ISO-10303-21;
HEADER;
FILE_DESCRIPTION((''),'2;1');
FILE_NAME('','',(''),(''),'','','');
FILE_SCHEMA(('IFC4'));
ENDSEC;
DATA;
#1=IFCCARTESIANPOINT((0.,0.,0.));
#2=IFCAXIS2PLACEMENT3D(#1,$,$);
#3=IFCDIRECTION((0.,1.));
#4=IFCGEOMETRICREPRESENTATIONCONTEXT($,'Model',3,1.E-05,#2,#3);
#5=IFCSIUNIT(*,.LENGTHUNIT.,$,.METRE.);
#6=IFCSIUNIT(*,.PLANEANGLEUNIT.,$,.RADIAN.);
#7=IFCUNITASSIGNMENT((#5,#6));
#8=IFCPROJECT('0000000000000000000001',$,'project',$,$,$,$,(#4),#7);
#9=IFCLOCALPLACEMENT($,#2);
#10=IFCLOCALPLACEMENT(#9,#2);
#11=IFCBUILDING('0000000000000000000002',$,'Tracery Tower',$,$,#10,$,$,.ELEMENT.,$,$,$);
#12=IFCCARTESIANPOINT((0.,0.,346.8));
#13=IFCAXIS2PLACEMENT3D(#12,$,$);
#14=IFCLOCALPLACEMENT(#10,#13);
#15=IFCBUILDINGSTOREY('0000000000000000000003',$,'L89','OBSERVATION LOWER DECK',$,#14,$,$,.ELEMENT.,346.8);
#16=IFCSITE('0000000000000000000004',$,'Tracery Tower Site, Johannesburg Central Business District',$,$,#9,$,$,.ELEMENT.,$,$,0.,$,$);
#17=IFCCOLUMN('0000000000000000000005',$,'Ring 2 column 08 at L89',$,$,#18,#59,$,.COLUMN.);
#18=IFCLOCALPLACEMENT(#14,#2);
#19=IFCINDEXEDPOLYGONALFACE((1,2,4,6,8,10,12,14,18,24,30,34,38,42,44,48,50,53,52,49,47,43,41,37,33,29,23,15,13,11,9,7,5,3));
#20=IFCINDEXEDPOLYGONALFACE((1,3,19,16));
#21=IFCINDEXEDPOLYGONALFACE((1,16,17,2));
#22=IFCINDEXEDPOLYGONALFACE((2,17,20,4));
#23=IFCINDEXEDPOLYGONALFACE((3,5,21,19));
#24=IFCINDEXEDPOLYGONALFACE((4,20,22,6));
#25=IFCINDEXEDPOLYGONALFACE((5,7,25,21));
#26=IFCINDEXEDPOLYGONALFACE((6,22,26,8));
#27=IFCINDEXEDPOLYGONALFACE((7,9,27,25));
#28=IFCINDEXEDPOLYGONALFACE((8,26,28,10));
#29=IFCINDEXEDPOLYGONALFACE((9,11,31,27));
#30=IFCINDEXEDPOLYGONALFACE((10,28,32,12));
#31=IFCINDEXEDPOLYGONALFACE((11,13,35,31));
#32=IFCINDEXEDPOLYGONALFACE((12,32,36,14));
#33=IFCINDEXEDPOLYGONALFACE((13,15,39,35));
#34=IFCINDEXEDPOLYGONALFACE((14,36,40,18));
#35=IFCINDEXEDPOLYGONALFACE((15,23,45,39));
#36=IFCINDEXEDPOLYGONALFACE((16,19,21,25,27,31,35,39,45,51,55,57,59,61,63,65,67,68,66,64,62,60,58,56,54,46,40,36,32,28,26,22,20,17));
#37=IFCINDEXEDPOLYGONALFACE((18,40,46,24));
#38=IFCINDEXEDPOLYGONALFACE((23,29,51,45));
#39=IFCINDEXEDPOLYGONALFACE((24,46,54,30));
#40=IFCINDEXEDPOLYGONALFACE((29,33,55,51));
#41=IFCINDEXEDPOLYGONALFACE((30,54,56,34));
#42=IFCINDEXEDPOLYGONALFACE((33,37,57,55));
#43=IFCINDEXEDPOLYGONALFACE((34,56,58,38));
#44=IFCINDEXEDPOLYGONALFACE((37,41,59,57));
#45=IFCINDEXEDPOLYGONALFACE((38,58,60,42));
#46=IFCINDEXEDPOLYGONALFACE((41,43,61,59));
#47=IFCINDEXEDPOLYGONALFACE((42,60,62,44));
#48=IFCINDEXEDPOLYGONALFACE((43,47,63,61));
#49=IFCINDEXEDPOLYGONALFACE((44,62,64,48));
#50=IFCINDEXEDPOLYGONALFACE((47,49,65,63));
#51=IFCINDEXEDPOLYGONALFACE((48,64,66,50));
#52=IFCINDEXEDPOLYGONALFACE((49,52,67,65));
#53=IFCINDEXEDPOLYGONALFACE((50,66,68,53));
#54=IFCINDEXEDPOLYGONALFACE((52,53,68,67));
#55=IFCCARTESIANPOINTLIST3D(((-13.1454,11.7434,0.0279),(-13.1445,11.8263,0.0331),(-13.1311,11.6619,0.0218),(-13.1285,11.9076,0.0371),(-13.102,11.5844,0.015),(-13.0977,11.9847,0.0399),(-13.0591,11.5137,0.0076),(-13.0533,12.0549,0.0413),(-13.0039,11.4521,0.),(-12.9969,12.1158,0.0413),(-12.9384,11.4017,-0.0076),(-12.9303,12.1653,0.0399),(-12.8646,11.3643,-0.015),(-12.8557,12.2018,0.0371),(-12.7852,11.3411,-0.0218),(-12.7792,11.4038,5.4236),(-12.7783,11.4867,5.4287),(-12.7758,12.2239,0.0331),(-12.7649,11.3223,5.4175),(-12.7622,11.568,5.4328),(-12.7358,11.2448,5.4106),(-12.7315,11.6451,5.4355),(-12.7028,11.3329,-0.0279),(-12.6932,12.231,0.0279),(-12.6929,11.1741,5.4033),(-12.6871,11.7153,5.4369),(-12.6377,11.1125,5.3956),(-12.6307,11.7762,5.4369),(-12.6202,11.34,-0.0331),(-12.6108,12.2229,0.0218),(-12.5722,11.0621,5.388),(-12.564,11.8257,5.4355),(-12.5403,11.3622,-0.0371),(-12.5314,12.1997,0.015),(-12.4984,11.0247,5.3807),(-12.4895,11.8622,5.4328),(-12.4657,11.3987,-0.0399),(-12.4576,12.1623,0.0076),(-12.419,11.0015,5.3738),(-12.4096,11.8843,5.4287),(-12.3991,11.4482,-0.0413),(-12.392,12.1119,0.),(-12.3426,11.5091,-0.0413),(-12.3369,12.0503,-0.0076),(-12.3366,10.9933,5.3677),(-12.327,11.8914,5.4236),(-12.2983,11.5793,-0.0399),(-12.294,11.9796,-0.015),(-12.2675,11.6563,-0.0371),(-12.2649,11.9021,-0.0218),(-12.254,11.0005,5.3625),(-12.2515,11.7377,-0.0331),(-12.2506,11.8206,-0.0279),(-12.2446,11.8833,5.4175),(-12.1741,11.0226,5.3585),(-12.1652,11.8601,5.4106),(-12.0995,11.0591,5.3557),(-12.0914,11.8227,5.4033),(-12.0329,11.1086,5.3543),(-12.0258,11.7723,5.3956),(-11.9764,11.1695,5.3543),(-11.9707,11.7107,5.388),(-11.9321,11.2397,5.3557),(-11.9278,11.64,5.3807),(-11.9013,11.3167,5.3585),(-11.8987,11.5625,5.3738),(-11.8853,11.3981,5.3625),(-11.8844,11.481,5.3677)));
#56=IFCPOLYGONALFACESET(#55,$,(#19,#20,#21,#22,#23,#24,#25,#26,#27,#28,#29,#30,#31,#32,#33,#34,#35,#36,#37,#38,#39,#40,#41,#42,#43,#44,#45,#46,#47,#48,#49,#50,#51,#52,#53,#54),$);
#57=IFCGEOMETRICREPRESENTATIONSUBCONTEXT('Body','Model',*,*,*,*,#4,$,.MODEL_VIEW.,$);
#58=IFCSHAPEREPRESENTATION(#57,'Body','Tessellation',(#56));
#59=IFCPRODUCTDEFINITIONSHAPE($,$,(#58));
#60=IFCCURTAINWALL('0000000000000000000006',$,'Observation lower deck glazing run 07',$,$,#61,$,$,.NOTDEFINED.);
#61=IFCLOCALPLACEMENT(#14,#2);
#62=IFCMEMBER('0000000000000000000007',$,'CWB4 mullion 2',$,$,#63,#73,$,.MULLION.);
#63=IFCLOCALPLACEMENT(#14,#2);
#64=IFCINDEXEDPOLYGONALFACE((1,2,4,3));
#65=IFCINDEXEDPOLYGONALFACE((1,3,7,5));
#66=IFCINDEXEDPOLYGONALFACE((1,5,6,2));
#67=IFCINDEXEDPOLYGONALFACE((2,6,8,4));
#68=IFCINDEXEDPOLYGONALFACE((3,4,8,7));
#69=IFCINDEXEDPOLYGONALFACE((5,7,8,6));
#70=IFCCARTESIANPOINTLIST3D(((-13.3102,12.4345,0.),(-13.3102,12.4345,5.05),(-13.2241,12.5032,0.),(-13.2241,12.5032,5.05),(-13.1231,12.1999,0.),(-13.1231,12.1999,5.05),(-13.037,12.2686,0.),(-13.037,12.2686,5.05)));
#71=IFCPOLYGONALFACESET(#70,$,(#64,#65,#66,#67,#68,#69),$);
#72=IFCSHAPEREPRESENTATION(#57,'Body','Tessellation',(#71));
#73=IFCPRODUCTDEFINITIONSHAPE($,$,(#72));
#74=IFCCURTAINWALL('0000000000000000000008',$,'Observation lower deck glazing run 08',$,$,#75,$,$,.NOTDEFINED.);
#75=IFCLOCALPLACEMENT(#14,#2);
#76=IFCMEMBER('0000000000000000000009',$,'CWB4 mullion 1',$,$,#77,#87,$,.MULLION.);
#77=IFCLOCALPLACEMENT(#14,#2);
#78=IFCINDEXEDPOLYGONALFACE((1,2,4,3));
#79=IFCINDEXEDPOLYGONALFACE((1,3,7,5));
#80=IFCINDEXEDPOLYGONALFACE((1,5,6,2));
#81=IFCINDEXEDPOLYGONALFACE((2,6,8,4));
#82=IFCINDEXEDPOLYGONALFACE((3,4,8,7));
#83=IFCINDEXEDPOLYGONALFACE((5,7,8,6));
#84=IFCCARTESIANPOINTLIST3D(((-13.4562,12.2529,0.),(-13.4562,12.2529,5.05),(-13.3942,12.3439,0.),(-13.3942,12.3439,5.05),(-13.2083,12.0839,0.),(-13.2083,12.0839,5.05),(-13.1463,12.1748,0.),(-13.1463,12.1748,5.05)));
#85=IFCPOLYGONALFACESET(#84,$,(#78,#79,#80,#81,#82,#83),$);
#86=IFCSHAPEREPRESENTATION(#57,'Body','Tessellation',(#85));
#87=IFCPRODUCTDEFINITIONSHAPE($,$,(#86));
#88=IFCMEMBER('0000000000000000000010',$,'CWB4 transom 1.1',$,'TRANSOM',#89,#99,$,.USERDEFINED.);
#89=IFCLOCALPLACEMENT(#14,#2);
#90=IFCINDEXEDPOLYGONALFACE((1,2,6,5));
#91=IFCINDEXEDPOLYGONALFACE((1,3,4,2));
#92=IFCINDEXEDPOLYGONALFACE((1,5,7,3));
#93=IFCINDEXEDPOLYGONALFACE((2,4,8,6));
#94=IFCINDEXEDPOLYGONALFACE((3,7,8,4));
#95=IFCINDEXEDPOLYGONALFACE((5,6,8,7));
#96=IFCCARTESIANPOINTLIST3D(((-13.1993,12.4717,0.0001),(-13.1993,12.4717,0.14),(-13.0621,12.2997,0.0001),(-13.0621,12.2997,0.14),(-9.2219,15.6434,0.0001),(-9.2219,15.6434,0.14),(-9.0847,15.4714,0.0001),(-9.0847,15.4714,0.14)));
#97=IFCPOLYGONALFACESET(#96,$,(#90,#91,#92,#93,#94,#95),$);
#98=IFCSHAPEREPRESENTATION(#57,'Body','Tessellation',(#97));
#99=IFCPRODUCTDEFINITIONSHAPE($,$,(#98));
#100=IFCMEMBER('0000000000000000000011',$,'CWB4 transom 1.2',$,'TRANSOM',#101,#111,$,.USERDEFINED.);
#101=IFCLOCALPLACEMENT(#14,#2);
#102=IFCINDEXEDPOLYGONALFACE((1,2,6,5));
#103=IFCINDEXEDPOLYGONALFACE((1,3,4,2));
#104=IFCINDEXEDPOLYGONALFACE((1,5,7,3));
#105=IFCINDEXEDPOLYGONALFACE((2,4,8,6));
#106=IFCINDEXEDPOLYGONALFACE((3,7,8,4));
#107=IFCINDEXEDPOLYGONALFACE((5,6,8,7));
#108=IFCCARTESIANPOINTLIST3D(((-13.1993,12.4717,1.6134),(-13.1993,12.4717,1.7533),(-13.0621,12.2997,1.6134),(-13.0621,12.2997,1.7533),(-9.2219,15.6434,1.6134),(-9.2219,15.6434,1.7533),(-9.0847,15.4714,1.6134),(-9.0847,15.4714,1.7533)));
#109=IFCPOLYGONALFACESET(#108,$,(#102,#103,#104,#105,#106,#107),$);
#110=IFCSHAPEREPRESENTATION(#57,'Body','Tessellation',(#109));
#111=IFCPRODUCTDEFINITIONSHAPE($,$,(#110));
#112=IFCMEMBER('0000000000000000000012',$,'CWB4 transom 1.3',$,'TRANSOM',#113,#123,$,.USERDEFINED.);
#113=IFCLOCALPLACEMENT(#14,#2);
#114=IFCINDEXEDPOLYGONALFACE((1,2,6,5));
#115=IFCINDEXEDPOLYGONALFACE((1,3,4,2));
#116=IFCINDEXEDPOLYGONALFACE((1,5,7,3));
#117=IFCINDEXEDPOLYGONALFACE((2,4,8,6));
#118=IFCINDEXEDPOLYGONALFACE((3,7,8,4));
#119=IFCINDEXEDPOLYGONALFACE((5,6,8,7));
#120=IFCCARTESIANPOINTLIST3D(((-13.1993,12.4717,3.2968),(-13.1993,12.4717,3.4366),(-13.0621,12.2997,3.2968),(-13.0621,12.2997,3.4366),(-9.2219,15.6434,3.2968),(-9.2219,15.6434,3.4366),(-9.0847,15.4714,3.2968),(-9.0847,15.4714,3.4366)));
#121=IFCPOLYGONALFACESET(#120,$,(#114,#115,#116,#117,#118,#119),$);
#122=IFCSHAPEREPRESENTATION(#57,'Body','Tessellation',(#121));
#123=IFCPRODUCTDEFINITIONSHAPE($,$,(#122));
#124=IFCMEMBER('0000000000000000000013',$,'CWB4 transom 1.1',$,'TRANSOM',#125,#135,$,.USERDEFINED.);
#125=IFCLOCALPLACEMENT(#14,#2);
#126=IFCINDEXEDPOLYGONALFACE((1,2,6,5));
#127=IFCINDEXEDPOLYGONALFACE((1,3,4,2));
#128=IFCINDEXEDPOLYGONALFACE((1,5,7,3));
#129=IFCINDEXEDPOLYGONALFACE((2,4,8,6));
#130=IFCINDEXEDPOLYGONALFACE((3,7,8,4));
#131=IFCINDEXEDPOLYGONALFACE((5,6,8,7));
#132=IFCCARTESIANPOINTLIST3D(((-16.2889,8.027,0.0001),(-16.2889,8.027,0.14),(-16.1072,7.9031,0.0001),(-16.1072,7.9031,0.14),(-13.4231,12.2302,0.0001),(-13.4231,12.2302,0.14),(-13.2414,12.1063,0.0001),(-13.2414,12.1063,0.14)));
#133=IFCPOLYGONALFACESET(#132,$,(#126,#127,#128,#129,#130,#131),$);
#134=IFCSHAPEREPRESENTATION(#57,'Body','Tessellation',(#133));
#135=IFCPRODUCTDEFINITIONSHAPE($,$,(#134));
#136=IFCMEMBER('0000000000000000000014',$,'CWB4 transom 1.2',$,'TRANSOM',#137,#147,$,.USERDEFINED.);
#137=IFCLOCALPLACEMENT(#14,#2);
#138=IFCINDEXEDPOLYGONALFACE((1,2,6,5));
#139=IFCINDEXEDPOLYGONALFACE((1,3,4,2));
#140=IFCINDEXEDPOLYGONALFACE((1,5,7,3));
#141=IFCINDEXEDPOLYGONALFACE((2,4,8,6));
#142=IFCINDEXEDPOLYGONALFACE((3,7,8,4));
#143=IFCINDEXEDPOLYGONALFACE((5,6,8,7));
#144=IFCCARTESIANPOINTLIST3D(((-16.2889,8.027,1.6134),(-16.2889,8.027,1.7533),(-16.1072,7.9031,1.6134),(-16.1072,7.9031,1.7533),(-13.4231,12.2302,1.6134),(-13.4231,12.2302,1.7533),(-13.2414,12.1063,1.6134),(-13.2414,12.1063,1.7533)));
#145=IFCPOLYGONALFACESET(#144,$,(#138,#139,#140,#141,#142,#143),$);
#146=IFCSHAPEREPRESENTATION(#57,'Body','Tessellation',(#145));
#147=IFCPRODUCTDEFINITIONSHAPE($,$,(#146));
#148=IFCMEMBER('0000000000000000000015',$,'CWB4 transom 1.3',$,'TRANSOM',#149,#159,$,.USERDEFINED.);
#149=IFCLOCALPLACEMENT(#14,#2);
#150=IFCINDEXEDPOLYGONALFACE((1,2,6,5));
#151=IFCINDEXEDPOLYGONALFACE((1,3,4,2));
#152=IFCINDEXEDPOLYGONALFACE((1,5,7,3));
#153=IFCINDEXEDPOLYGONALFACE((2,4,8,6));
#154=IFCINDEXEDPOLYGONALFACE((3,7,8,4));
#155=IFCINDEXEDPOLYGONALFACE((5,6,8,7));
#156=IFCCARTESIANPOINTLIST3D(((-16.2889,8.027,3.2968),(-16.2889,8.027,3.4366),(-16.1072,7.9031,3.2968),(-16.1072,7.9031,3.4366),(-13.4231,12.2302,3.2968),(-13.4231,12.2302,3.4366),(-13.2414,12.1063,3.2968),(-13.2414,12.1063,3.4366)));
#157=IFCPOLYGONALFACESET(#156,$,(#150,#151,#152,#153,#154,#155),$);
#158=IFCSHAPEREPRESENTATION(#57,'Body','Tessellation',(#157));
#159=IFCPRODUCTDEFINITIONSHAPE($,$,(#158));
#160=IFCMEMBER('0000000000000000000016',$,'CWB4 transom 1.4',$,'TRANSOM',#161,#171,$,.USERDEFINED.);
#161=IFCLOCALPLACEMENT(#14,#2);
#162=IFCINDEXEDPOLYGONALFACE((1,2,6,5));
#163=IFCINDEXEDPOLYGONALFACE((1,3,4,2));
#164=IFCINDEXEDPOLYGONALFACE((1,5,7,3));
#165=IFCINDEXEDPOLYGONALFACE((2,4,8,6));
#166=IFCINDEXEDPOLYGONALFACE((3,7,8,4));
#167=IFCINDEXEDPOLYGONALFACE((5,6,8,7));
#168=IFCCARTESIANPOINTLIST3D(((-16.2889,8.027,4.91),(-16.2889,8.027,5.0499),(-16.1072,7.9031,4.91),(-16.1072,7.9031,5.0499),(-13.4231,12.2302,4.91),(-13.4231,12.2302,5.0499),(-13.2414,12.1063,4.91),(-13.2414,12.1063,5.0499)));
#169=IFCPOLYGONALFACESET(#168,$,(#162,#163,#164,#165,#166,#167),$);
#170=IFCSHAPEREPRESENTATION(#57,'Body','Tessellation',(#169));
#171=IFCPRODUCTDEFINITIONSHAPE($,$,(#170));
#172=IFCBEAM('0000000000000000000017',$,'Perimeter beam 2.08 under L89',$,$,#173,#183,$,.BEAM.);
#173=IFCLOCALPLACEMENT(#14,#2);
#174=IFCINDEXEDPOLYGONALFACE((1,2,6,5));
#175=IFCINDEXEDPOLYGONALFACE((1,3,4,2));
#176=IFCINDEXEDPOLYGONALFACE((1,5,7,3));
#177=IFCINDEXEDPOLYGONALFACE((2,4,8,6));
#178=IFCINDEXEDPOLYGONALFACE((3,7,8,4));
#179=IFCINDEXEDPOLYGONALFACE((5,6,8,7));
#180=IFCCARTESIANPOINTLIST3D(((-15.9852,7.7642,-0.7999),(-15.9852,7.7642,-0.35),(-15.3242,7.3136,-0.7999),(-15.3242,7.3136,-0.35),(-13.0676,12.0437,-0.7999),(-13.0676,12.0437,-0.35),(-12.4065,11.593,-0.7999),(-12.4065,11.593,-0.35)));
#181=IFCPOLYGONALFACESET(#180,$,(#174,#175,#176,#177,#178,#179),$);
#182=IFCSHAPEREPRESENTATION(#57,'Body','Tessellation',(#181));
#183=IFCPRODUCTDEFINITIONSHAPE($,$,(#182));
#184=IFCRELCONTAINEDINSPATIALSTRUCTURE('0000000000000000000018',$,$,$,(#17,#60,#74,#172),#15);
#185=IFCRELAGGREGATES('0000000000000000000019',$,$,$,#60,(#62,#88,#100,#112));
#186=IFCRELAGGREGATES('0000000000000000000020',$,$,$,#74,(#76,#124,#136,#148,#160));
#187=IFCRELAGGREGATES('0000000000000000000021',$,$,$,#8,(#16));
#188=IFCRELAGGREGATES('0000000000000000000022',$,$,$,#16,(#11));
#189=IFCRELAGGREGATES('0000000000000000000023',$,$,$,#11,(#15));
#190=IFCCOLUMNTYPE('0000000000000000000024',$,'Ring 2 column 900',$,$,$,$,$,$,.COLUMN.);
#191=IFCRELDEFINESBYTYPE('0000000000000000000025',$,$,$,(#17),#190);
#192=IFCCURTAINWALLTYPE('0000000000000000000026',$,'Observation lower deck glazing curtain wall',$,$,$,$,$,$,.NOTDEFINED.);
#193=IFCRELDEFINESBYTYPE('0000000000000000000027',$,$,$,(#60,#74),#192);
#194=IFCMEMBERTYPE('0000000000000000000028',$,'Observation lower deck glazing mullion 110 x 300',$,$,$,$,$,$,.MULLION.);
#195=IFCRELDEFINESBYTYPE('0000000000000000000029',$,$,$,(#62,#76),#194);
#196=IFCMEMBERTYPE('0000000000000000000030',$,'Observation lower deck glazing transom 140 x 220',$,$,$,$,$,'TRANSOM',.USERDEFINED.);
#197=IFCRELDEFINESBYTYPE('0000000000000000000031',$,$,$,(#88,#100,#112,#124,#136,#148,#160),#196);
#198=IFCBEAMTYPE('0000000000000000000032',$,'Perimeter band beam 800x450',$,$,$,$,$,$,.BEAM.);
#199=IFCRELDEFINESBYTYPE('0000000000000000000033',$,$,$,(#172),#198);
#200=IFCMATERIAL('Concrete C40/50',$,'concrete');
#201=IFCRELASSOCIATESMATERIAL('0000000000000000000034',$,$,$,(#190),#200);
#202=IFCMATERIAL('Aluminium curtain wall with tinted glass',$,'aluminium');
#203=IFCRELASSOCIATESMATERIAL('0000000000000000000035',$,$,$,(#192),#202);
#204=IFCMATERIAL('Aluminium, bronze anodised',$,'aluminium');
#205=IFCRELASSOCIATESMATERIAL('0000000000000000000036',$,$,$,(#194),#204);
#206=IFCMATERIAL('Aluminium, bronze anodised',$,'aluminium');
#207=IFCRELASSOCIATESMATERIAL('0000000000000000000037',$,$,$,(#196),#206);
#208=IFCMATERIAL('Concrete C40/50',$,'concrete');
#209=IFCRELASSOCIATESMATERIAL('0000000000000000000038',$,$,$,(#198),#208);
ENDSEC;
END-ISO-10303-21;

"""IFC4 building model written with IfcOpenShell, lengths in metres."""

from ifc_helpers import new_model, si_unit, direction, frame, origin, origin_2d, place, context, subcontext, project, spatial, rectangle, circle, extrude, material, material_profile, profile_set, type_object, element, aggregate, save


model = new_model("IFC4")

# Units and contexts
model_context = context("Model", 3, precision=1e-05, world=origin(), true_north=direction((0.0, 1.0)))
body_context = subcontext(model_context, "Body", "Model", "MODEL_VIEW")
ifc_project = project(units=[si_unit("LENGTHUNIT", "METRE"), si_unit("PLANEANGLEUNIT", "RADIAN")], contexts=[model_context])

# Site, building, storey
site_placement = place(None, origin())
site = spatial("IfcSite", under=ifc_project, at=site_placement, Name="Tracery Tower Site, Johannesburg Central Business District", CompositionType="ELEMENT", RefElevation=0.0)
building_placement = place(site_placement, origin())
building = spatial("IfcBuilding", under=site, at=building_placement, Name="Tracery Tower", CompositionType="ELEMENT")
storey_placement = place(building_placement, frame((0.0, 0.0, 346.8)))
storey = spatial("IfcBuildingStorey", under=building, at=storey_placement, Name="L89", Description="OBSERVATION LOWER DECK", CompositionType="ELEMENT", Elevation=346.8)

# Column
ifc_material_1 = material(Name="Concrete C40/50", Category="concrete")
ifc_material_profile_1 = material_profile(ifc_material_1, circle(Radius=0.45, at=origin_2d()), Name="RC D900")
ifc_profile_set_1 = profile_set([ifc_material_profile_1], Name="Concrete C40/50")
column_type = type_object("IfcColumnType", Name="Ring 2 column 900", PredefinedType="COLUMN", material=ifc_profile_set_1)
column_placement = place(storey_placement, frame((-12.698, 11.782, 0.0), z_axis=(0.067581, -0.06267, 0.995744), x_axis=(0.679963, 0.733246, 0.0)))
element("IfcColumn", 1, at=column_placement, inside=storey, type_object=column_type, Name="Ring 2 column 08 at L89", PredefinedType="COLUMN", context=body_context, shape_type="SweptSolid", body=[
    extrude(circle(Radius=0.45, at=origin_2d()), origin(), (0.0, 0.0, 1.0), 5.4187),
])

# Curtain walls, members
ifc_material_2 = material(Name="Aluminium curtain wall with tinted glass", Category="aluminium")
curtain_wall_type = type_object("IfcCurtainWallType", Name="Observation lower deck glazing curtain wall", PredefinedType="NOTDEFINED", material=ifc_material_2)
curtain_wall_1_placement = place(storey_placement, origin())
curtain_wall_1 = element("IfcCurtainWall", 2, at=curtain_wall_1_placement, inside=storey, type_object=curtain_wall_type, Name="Observation lower deck glazing run 07", PredefinedType="NOTDEFINED")
ifc_material_3 = material(Name="Aluminium, bronze anodised", Category="aluminium")
ifc_material_profile_2 = material_profile(ifc_material_3, rectangle(XDim=0.3, YDim=0.1101, at=origin_2d()), Name="Observation lower deck glazing mullion 110 x 300")
ifc_profile_set_2 = profile_set([ifc_material_profile_2], Name="Aluminium, bronze anodised")
member_type_1 = type_object("IfcMemberType", Name="Observation lower deck glazing mullion 110 x 300", PredefinedType="MULLION", material=ifc_profile_set_2)
member_1_placement = place(storey_placement, frame((-13.1736, 12.3516, 0.0), z_axis=(0.0, 0.0, 1.0), x_axis=(0.623481, -0.781839, 0.0)))
member_1 = element("IfcMember", 3, at=member_1_placement, type_object=member_type_1, Name="CWB4 mullion 2", PredefinedType="MULLION", context=body_context, shape_type="SweptSolid", body=[
    extrude(rectangle(XDim=0.3, YDim=0.1101, at=origin_2d()), origin(), (0.0, 0.0, 1.0), 5.05),
])
curtain_wall_2_placement = place(storey_placement, origin())
curtain_wall_2 = element("IfcCurtainWall", 4, at=curtain_wall_2_placement, inside=storey, type_object=curtain_wall_type, Name="Observation lower deck glazing run 08", PredefinedType="NOTDEFINED")
member_2_placement = place(storey_placement, frame((-13.3013, 12.2139, 0.0), z_axis=(0.0, 0.0, 1.0), x_axis=(0.826237, -0.563323, 0.0)))
member_2 = element("IfcMember", 5, at=member_2_placement, type_object=member_type_1, Name="CWB4 mullion 1", PredefinedType="MULLION", context=body_context, shape_type="SweptSolid", body=[
    extrude(rectangle(XDim=0.3, YDim=0.1101, at=origin_2d()), origin(), (0.0, 0.0, 1.0), 5.05),
])

# Members
ifc_material_4 = material(Name="Aluminium, bronze anodised", Category="aluminium")
ifc_material_profile_3 = material_profile(ifc_material_4, rectangle(XDim=0.22, YDim=0.1399, at=origin_2d()), Name="Observation lower deck glazing transom 140 x 220")
ifc_profile_set_3 = profile_set([ifc_material_profile_3], Name="Aluminium, bronze anodised")
member_type_2 = type_object("IfcMemberType", Name="Observation lower deck glazing transom 140 x 220", ElementType="TRANSOM", PredefinedType="USERDEFINED", material=ifc_profile_set_3)
member_3_placement = place(storey_placement, frame((-9.1533, 15.5574, 0.0701), z_axis=(-0.781846, -0.623471, 0.0), x_axis=(0.623471, -0.781846, 0.0)))
member_3 = element("IfcMember", 6, at=member_3_placement, type_object=member_type_2, Name="CWB4 transom 1.1", ObjectType="TRANSOM", PredefinedType="USERDEFINED", context=body_context, shape_type="SweptSolid", body=[
    extrude(rectangle(XDim=0.22, YDim=0.1399, at=origin_2d()), origin(), (0.0, 0.0, 1.0), 5.0872),
])
member_4_placement = place(storey_placement, frame((-9.1533, 15.5574, 1.6833), z_axis=(-0.781846, -0.623471, 0.0), x_axis=(0.623471, -0.781846, 0.0)))
member_4 = element("IfcMember", 7, at=member_4_placement, type_object=member_type_2, Name="CWB4 transom 1.2", ObjectType="TRANSOM", PredefinedType="USERDEFINED", context=body_context, shape_type="SweptSolid", body=[
    extrude(rectangle(XDim=0.22, YDim=0.1399, at=origin_2d()), origin(), (0.0, 0.0, 1.0), 5.0872),
])
member_5_placement = place(storey_placement, frame((-9.1533, 15.5574, 3.3667), z_axis=(-0.781846, -0.623471, 0.0), x_axis=(0.623471, -0.781846, 0.0)))
member_5 = element("IfcMember", 8, at=member_5_placement, type_object=member_type_2, Name="CWB4 transom 1.3", ObjectType="TRANSOM", PredefinedType="USERDEFINED", context=body_context, shape_type="SweptSolid", body=[
    extrude(rectangle(XDim=0.22, YDim=0.1399, at=origin_2d()), origin(), (0.0, 0.0, 1.0), 5.0872),
])
member_6_placement = place(storey_placement, frame((-13.3323, 12.1682, 0.0701), z_axis=(-0.563331, -0.826231, 0.0), x_axis=(0.826231, -0.563331, 0.0)))
member_6 = element("IfcMember", 9, at=member_6_placement, type_object=member_type_2, Name="CWB4 transom 1.1", ObjectType="TRANSOM", PredefinedType="USERDEFINED", context=body_context, shape_type="SweptSolid", body=[
    extrude(rectangle(XDim=0.22, YDim=0.1399, at=origin_2d()), origin(), (0.0, 0.0, 1.0), 5.0872),
])
member_7_placement = place(storey_placement, frame((-13.3323, 12.1682, 1.6833), z_axis=(-0.563331, -0.826231, 0.0), x_axis=(0.826231, -0.563331, 0.0)))
member_7 = element("IfcMember", 10, at=member_7_placement, type_object=member_type_2, Name="CWB4 transom 1.2", ObjectType="TRANSOM", PredefinedType="USERDEFINED", context=body_context, shape_type="SweptSolid", body=[
    extrude(rectangle(XDim=0.22, YDim=0.1399, at=origin_2d()), origin(), (0.0, 0.0, 1.0), 5.0872),
])
member_8_placement = place(storey_placement, frame((-13.3323, 12.1682, 3.3667), z_axis=(-0.563331, -0.826231, 0.0), x_axis=(0.826231, -0.563331, 0.0)))
member_8 = element("IfcMember", 11, at=member_8_placement, type_object=member_type_2, Name="CWB4 transom 1.3", ObjectType="TRANSOM", PredefinedType="USERDEFINED", context=body_context, shape_type="SweptSolid", body=[
    extrude(rectangle(XDim=0.22, YDim=0.1399, at=origin_2d()), origin(), (0.0, 0.0, 1.0), 5.0872),
])
member_9_placement = place(storey_placement, frame((-13.3323, 12.1682, 4.98), z_axis=(-0.563331, -0.826231, 0.0), x_axis=(0.826231, -0.563331, 0.0)))
member_9 = element("IfcMember", 12, at=member_9_placement, type_object=member_type_2, Name="CWB4 transom 1.4", ObjectType="TRANSOM", PredefinedType="USERDEFINED", context=body_context, shape_type="SweptSolid", body=[
    extrude(rectangle(XDim=0.22, YDim=0.1399, at=origin_2d()), origin(), (0.0, 0.0, 1.0), 5.0872),
])

# Beam
ifc_material_5 = material(Name="Concrete C40/50", Category="concrete")
ifc_material_profile_4 = material_profile(ifc_material_5, rectangle(XDim=0.8, YDim=0.45, at=origin_2d()), Name="RC 800x450")
ifc_profile_set_4 = profile_set([ifc_material_profile_4], Name="Concrete C40/50")
beam_type = type_object("IfcBeamType", Name="Perimeter band beam 800x450", PredefinedType="BEAM", material=ifc_profile_set_4)
beam_placement = place(storey_placement, frame((-12.7371, 11.8184, -0.575), z_axis=(-0.563318, -0.82624, 0.0), x_axis=(0.82624, -0.563318, 0.0)))
element("IfcBeam", 13, at=beam_placement, inside=storey, type_object=beam_type, Name="Perimeter beam 2.08 under L89", PredefinedType="BEAM", context=body_context, shape_type="SweptSolid", body=[
    extrude(rectangle(XDim=0.8, YDim=0.45, at=origin_2d()), origin(), (0.0, 0.0, 1.0), 5.1794),
])

aggregate(curtain_wall_1, [member_1, member_3, member_4, member_5])
aggregate(curtain_wall_2, [member_2, member_6, member_7, member_8, member_9])

save(model, "model.ifc")
